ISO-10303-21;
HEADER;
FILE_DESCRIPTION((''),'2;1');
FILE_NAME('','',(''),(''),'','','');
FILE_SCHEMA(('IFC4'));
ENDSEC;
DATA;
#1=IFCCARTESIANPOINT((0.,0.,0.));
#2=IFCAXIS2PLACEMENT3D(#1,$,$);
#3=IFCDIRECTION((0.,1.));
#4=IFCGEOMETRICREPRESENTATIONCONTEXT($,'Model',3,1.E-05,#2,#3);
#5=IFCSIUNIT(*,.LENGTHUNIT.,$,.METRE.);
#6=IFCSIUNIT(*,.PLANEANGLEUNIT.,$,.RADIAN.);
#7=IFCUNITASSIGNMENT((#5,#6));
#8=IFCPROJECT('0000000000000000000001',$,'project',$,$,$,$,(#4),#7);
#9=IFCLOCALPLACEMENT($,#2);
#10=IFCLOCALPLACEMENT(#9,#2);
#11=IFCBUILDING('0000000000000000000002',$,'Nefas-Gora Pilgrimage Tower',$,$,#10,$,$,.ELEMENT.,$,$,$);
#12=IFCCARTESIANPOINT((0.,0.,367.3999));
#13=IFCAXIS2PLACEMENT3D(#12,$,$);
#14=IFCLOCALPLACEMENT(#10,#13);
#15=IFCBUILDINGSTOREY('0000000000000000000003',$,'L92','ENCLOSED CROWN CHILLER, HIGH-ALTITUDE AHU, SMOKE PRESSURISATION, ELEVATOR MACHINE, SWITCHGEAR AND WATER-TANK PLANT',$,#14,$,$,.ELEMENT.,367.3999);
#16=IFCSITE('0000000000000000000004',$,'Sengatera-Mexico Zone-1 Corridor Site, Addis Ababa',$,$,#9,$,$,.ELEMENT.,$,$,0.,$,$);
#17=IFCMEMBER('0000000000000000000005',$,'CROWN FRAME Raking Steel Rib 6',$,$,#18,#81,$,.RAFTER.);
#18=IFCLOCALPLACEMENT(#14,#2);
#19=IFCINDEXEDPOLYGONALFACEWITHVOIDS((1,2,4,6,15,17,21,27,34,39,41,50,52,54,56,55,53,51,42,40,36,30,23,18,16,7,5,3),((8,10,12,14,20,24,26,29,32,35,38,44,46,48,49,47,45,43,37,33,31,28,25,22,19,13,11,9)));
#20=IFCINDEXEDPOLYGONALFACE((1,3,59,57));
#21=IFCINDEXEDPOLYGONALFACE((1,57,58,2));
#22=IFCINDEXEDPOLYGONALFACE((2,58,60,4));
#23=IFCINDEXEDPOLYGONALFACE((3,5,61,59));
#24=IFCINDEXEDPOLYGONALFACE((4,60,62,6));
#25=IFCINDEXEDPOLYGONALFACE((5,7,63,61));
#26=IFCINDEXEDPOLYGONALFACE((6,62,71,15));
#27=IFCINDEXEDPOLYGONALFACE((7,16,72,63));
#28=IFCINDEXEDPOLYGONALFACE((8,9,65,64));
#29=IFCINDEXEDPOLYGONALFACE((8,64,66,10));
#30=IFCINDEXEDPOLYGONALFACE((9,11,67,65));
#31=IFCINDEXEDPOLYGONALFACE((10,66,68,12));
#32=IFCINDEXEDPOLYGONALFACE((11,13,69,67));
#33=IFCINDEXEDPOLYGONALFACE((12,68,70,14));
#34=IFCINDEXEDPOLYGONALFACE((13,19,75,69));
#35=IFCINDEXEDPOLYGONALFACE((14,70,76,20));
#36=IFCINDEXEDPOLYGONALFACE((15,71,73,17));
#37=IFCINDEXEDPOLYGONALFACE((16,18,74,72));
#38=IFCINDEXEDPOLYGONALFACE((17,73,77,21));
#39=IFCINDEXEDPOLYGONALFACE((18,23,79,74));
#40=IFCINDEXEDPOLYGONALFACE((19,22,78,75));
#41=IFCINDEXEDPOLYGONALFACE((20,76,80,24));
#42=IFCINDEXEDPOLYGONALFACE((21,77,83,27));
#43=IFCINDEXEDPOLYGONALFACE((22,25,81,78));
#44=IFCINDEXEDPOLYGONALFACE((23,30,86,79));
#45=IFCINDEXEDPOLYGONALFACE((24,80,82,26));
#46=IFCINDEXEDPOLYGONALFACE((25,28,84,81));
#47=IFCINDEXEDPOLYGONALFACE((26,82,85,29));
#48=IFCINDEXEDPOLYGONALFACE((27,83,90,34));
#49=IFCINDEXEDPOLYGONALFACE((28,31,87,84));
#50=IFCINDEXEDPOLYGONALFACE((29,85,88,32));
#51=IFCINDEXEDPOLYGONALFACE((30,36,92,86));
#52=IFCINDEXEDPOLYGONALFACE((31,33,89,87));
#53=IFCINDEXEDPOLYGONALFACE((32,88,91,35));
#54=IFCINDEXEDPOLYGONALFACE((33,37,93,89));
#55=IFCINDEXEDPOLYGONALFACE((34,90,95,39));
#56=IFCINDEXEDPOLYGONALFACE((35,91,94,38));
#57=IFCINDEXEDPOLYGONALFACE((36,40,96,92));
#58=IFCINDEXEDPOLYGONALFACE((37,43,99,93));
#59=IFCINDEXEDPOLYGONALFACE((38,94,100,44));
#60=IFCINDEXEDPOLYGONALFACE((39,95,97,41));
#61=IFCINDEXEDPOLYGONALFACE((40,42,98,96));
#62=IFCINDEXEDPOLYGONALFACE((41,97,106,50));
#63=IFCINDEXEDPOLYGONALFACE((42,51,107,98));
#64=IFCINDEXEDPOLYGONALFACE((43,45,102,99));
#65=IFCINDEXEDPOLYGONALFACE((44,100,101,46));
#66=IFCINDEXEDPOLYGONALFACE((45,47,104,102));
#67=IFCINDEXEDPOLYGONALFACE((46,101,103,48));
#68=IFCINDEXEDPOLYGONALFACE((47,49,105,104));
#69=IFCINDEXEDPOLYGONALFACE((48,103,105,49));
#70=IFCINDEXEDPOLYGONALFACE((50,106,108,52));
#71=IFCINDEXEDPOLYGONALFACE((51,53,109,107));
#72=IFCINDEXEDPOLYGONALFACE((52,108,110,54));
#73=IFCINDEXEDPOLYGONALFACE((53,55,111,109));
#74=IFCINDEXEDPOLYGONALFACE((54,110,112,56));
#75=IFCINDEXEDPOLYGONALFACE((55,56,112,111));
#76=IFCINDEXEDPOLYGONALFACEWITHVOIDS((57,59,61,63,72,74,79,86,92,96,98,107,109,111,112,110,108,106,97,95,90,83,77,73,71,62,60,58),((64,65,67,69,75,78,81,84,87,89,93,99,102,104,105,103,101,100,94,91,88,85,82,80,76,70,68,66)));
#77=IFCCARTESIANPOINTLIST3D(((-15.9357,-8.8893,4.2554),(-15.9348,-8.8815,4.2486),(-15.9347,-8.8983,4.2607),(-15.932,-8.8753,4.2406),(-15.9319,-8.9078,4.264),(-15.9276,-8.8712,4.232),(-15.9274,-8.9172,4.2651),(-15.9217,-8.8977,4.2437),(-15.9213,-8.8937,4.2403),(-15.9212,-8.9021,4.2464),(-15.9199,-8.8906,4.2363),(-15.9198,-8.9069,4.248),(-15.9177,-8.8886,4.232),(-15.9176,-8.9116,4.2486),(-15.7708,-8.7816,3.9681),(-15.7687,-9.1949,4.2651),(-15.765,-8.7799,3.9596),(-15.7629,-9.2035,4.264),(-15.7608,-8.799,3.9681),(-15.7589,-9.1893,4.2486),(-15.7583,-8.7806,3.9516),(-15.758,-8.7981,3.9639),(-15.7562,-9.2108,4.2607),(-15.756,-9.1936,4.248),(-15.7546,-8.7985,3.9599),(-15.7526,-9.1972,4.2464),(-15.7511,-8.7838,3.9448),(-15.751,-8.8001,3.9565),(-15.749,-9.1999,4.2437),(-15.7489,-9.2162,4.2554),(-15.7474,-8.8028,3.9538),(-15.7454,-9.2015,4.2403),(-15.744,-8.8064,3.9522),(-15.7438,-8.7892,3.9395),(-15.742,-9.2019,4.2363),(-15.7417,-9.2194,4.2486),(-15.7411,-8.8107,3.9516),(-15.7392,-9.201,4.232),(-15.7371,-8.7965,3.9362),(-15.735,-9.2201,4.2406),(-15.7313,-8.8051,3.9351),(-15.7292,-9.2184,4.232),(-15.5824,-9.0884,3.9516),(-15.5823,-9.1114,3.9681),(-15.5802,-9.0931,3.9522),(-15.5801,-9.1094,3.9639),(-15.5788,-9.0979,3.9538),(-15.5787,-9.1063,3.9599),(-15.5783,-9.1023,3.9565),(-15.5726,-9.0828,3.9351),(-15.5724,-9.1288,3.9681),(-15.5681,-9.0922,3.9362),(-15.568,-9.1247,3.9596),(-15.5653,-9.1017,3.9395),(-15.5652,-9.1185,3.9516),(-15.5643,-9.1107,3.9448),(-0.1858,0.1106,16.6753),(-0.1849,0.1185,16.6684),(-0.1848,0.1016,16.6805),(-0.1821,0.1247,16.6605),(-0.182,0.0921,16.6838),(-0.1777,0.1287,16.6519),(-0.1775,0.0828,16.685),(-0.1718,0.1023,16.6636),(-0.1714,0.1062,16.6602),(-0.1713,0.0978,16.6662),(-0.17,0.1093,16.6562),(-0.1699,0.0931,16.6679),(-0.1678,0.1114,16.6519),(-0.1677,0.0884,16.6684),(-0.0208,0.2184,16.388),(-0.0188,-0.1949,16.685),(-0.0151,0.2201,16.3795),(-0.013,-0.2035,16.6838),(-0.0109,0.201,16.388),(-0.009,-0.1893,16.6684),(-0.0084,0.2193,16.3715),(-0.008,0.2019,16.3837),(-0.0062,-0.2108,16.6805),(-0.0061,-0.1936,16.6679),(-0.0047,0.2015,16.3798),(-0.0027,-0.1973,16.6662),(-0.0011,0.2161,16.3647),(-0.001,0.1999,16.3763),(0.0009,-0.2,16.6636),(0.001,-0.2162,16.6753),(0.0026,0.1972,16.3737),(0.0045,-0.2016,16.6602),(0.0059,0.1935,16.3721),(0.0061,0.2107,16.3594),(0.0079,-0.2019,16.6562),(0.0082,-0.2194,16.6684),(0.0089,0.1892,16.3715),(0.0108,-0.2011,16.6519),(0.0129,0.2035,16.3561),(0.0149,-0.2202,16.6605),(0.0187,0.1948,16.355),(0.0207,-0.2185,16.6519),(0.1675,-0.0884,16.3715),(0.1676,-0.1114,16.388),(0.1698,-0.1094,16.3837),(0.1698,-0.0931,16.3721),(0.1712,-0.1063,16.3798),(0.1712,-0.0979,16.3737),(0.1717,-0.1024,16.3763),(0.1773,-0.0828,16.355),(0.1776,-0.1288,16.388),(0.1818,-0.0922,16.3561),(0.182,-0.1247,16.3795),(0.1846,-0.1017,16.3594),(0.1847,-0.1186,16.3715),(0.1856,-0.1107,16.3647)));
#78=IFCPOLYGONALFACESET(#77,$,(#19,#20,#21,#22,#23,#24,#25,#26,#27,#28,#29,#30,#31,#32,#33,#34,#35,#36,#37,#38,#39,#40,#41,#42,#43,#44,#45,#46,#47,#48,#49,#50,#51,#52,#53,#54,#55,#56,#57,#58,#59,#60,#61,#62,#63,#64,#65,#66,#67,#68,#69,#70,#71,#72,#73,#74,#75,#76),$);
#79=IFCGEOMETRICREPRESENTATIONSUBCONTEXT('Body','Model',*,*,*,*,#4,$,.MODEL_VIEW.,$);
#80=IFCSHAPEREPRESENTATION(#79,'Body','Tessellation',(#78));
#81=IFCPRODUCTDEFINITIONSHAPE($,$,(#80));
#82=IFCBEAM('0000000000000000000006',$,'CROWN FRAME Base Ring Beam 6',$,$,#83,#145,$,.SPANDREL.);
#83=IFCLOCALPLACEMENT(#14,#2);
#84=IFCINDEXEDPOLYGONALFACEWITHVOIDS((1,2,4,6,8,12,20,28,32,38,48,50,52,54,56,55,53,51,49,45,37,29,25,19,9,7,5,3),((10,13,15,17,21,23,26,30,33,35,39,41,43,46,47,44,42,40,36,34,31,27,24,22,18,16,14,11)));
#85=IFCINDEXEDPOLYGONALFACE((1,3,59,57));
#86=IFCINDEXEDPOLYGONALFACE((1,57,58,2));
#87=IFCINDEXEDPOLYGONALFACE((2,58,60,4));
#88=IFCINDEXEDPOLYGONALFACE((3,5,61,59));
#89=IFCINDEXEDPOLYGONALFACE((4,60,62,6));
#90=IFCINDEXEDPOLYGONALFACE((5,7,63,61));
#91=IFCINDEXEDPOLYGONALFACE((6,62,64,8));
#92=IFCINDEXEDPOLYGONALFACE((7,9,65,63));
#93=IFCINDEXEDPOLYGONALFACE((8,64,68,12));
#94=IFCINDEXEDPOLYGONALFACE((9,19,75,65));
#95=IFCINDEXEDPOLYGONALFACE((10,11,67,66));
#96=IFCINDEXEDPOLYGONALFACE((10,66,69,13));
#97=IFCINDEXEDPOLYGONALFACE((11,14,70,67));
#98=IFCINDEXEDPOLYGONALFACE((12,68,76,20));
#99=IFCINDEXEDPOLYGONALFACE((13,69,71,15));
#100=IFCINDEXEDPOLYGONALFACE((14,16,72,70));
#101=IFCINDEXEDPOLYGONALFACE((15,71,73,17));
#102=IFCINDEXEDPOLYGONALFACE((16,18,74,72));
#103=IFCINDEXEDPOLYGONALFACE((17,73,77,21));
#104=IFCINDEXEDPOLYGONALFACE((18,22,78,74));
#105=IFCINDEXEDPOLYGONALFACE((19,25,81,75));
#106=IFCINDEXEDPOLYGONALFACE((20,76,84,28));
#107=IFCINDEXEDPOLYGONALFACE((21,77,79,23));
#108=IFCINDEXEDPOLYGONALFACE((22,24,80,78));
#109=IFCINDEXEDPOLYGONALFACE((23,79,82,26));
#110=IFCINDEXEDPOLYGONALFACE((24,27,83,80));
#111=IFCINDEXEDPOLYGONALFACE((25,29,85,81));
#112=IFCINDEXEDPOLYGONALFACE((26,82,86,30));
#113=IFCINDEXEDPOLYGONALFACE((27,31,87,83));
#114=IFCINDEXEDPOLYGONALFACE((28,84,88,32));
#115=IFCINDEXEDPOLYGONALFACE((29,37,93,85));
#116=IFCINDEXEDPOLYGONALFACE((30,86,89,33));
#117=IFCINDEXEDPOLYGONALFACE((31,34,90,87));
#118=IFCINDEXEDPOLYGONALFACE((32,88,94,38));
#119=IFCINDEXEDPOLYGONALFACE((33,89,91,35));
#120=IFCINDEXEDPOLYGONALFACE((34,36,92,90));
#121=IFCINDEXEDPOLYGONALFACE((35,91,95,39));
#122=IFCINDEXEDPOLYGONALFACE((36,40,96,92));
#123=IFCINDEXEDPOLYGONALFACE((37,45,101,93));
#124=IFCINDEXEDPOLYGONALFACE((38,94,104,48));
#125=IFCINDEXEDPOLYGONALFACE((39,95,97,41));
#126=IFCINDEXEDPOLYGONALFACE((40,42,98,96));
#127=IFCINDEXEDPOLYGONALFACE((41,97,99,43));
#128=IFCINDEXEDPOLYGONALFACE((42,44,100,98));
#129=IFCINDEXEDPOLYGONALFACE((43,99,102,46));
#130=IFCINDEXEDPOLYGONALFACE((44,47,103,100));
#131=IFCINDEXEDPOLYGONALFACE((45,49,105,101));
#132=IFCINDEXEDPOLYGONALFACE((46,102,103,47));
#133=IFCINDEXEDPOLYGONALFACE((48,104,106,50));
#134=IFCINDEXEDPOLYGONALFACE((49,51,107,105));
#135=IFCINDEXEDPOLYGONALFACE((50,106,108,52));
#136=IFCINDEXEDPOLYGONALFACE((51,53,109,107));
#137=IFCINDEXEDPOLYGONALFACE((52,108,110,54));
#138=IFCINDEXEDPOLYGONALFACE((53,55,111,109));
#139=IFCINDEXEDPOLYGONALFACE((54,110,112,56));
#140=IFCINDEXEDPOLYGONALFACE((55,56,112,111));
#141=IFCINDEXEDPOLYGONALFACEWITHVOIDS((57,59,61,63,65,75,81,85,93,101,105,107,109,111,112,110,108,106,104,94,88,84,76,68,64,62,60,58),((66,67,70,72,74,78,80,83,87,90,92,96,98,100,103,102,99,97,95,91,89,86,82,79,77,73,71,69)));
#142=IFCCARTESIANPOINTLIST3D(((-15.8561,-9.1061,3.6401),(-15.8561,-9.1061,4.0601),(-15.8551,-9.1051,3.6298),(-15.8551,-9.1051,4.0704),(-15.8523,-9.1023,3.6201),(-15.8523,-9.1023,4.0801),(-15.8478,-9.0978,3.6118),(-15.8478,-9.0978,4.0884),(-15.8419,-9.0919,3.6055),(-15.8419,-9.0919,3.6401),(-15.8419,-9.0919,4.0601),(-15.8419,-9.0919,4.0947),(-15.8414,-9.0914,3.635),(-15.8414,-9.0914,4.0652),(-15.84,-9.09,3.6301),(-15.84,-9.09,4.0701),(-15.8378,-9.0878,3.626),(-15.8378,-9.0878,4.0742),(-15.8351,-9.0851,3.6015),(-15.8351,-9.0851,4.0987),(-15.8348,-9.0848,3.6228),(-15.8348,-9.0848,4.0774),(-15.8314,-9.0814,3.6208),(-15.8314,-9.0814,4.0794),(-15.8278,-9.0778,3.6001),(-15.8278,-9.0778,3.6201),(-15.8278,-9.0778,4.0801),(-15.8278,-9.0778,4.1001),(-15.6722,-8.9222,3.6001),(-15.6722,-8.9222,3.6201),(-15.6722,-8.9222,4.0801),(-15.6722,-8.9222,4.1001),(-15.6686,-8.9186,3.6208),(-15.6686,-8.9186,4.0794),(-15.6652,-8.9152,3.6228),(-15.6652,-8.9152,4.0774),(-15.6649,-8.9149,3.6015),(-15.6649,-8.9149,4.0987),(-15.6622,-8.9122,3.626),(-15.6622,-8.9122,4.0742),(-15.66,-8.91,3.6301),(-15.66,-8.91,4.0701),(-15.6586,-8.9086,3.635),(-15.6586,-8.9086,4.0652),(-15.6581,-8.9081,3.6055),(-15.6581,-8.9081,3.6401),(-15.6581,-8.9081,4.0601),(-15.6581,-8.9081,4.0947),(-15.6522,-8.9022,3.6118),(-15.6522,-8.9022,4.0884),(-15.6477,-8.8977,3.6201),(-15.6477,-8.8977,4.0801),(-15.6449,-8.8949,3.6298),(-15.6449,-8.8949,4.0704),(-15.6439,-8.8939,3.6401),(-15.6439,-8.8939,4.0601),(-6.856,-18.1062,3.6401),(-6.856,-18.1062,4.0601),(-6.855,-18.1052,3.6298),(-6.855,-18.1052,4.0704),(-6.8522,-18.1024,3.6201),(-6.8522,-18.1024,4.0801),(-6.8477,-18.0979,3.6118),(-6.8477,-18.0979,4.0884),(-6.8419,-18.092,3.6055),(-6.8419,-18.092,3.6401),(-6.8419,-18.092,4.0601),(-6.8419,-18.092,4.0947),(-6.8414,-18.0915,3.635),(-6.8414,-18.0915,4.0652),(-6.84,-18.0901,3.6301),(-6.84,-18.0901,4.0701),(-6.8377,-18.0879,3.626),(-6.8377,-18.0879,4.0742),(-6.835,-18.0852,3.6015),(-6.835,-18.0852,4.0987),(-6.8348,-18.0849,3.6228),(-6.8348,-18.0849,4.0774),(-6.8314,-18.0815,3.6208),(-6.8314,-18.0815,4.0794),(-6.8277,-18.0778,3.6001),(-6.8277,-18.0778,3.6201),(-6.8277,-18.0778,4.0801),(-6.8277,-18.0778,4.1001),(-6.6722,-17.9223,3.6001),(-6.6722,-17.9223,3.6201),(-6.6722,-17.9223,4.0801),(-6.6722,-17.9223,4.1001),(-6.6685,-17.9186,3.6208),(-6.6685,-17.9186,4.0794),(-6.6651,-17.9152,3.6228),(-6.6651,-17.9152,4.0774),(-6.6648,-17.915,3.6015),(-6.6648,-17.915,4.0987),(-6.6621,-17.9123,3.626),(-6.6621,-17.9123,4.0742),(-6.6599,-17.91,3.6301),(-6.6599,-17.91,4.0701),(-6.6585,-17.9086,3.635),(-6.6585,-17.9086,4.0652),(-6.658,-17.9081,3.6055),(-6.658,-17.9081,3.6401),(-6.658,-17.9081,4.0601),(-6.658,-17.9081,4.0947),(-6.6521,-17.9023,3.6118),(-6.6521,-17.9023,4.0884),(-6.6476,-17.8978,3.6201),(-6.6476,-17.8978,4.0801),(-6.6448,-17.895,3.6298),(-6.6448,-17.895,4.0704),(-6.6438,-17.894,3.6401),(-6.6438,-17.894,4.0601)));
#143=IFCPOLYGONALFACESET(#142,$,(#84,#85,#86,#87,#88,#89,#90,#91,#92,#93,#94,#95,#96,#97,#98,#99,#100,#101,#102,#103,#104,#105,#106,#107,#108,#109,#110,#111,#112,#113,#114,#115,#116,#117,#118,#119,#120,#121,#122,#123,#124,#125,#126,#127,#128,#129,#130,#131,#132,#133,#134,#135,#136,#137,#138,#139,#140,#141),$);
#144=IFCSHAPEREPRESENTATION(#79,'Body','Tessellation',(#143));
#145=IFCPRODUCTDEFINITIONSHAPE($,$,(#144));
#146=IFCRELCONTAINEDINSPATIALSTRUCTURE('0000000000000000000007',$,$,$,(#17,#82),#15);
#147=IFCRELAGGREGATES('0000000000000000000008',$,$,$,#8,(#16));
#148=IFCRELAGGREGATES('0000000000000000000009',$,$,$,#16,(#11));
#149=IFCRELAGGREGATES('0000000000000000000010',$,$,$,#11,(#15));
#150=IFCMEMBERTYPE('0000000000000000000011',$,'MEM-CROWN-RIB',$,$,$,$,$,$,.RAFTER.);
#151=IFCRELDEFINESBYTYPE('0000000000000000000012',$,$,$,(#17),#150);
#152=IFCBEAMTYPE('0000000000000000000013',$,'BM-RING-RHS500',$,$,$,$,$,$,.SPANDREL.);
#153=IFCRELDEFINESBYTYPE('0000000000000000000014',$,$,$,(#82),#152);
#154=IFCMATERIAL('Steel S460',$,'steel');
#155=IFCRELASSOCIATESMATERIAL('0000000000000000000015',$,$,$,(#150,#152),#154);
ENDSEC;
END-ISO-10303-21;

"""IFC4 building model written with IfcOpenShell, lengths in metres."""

from ifc_helpers import new_model, si_unit, direction, frame, origin, origin_2d, place, context, subcontext, project, spatial, hollow_rectangle, extrude, source, transform, mapped, material, material_profile, profile_set, type_object, element, save


model = new_model("IFC4")

# Units and contexts
model_context = context("Model", 3, precision=1e-05, world=origin(), true_north=direction((0.0, 1.0)))
body_context = subcontext(model_context, "Body", "Model", "MODEL_VIEW")
ifc_project = project(units=[si_unit("LENGTHUNIT", "METRE"), si_unit("PLANEANGLEUNIT", "RADIAN")], contexts=[model_context])

# Site, building, storey
site_placement = place(None, origin())
site = spatial("IfcSite", under=ifc_project, at=site_placement, Name="Sengatera-Mexico Zone-1 Corridor Site, Addis Ababa", CompositionType="ELEMENT", RefElevation=0.0)
building_placement = place(site_placement, origin())
building = spatial("IfcBuilding", under=site, at=building_placement, Name="Nefas-Gora Pilgrimage Tower", CompositionType="ELEMENT")
storey_placement = place(building_placement, frame((0.0, 0.0, 367.3999)))
storey = spatial("IfcBuildingStorey", under=building, at=storey_placement, Name="L92", Description="ENCLOSED CROWN CHILLER, HIGH-ALTITUDE AHU, SMOKE PRESSURISATION, ELEVATOR MACHINE, SWITCHGEAR AND WATER-TANK PLANT", CompositionType="ELEMENT", Elevation=367.3999)

# Member
ifc_material_1 = material(Name="Steel S460", Category="steel")
ifc_material_profile_1 = material_profile(ifc_material_1, hollow_rectangle(XDim=0.3999, YDim=0.3999, WallThickness=0.02, InnerFilletRadius=0.02, OuterFilletRadius=0.04, at=origin_2d()), Name="SHS 400x400x20")
ifc_profile_set_1 = profile_set([ifc_material_profile_1], Name="Steel S460")
member_type_1 = type_object("IfcMemberType", Name="MEM-CROWN-RIB", PredefinedType="RAFTER", material=ifc_profile_set_1)
shared_shape_1 = source(origin(), body_context, "Body", "SweptSolid", [
    extrude(hollow_rectangle(XDim=0.3999, YDim=0.3999, WallThickness=0.02, InnerFilletRadius=0.02, OuterFilletRadius=0.04, at=origin_2d()), origin(), (0.0, 0.0, 1.0), 21.9844),
])
member_1_placement = place(storey_placement, frame((-15.75, -9.0, 4.1001), z_axis=(0.716415, 0.40938, 0.564941), x_axis=(-0.496139, 0.868243, 0.0)))
element("IfcMember", 1, at=member_1_placement, inside=storey, type_object=member_type_1, Name="CROWN FRAME Raking Steel Rib 6", PredefinedType="RAFTER", context=body_context, shape_type="MappedRepresentation", body=[
    mapped(shared_shape_1, transform((0.0, 0.0, 0.0), x_axis=(1.0, 0.0, 0.0), y_axis=(0.0, 1.0, 0.0), z_axis=(0.0, 0.0, 1.0), scale=1.0)),
])

# Beam
ifc_material_profile_2 = material_profile(ifc_material_1, hollow_rectangle(XDim=0.3, YDim=0.5, WallThickness=0.02, InnerFilletRadius=0.02, OuterFilletRadius=0.04, at=origin_2d()), Name="RHS 500x300x20")
ifc_profile_set_2 = profile_set([ifc_material_profile_2], Name="Steel S460")
beam_type_1 = type_object("IfcBeamType", Name="BM-RING-RHS500", PredefinedType="SPANDREL", material=ifc_profile_set_2)
shared_shape_2 = source(origin(), body_context, "Body", "SweptSolid", [
    extrude(hollow_rectangle(XDim=0.3, YDim=0.5, WallThickness=0.02, InnerFilletRadius=0.02, OuterFilletRadius=0.04, at=origin_2d()), origin(), (0.0, 0.0, 1.0), 12.728),
])
beam_1_placement = place(storey_placement, frame((-15.75, -9.0, 3.8501), z_axis=(0.707107, -0.707107, 0.0), x_axis=(0.707107, 0.707107, 0.0)))
element("IfcBeam", 2, at=beam_1_placement, inside=storey, type_object=beam_type_1, Name="CROWN FRAME Base Ring Beam 6", PredefinedType="SPANDREL", context=body_context, shape_type="MappedRepresentation", body=[
    mapped(shared_shape_2, transform((0.0, 0.0, 0.0), x_axis=(1.0, 0.0, 0.0), y_axis=(0.0, 1.0, 0.0), z_axis=(0.0, 0.0, 1.0), scale=1.0)),
])

save(model, "model.ifc")
